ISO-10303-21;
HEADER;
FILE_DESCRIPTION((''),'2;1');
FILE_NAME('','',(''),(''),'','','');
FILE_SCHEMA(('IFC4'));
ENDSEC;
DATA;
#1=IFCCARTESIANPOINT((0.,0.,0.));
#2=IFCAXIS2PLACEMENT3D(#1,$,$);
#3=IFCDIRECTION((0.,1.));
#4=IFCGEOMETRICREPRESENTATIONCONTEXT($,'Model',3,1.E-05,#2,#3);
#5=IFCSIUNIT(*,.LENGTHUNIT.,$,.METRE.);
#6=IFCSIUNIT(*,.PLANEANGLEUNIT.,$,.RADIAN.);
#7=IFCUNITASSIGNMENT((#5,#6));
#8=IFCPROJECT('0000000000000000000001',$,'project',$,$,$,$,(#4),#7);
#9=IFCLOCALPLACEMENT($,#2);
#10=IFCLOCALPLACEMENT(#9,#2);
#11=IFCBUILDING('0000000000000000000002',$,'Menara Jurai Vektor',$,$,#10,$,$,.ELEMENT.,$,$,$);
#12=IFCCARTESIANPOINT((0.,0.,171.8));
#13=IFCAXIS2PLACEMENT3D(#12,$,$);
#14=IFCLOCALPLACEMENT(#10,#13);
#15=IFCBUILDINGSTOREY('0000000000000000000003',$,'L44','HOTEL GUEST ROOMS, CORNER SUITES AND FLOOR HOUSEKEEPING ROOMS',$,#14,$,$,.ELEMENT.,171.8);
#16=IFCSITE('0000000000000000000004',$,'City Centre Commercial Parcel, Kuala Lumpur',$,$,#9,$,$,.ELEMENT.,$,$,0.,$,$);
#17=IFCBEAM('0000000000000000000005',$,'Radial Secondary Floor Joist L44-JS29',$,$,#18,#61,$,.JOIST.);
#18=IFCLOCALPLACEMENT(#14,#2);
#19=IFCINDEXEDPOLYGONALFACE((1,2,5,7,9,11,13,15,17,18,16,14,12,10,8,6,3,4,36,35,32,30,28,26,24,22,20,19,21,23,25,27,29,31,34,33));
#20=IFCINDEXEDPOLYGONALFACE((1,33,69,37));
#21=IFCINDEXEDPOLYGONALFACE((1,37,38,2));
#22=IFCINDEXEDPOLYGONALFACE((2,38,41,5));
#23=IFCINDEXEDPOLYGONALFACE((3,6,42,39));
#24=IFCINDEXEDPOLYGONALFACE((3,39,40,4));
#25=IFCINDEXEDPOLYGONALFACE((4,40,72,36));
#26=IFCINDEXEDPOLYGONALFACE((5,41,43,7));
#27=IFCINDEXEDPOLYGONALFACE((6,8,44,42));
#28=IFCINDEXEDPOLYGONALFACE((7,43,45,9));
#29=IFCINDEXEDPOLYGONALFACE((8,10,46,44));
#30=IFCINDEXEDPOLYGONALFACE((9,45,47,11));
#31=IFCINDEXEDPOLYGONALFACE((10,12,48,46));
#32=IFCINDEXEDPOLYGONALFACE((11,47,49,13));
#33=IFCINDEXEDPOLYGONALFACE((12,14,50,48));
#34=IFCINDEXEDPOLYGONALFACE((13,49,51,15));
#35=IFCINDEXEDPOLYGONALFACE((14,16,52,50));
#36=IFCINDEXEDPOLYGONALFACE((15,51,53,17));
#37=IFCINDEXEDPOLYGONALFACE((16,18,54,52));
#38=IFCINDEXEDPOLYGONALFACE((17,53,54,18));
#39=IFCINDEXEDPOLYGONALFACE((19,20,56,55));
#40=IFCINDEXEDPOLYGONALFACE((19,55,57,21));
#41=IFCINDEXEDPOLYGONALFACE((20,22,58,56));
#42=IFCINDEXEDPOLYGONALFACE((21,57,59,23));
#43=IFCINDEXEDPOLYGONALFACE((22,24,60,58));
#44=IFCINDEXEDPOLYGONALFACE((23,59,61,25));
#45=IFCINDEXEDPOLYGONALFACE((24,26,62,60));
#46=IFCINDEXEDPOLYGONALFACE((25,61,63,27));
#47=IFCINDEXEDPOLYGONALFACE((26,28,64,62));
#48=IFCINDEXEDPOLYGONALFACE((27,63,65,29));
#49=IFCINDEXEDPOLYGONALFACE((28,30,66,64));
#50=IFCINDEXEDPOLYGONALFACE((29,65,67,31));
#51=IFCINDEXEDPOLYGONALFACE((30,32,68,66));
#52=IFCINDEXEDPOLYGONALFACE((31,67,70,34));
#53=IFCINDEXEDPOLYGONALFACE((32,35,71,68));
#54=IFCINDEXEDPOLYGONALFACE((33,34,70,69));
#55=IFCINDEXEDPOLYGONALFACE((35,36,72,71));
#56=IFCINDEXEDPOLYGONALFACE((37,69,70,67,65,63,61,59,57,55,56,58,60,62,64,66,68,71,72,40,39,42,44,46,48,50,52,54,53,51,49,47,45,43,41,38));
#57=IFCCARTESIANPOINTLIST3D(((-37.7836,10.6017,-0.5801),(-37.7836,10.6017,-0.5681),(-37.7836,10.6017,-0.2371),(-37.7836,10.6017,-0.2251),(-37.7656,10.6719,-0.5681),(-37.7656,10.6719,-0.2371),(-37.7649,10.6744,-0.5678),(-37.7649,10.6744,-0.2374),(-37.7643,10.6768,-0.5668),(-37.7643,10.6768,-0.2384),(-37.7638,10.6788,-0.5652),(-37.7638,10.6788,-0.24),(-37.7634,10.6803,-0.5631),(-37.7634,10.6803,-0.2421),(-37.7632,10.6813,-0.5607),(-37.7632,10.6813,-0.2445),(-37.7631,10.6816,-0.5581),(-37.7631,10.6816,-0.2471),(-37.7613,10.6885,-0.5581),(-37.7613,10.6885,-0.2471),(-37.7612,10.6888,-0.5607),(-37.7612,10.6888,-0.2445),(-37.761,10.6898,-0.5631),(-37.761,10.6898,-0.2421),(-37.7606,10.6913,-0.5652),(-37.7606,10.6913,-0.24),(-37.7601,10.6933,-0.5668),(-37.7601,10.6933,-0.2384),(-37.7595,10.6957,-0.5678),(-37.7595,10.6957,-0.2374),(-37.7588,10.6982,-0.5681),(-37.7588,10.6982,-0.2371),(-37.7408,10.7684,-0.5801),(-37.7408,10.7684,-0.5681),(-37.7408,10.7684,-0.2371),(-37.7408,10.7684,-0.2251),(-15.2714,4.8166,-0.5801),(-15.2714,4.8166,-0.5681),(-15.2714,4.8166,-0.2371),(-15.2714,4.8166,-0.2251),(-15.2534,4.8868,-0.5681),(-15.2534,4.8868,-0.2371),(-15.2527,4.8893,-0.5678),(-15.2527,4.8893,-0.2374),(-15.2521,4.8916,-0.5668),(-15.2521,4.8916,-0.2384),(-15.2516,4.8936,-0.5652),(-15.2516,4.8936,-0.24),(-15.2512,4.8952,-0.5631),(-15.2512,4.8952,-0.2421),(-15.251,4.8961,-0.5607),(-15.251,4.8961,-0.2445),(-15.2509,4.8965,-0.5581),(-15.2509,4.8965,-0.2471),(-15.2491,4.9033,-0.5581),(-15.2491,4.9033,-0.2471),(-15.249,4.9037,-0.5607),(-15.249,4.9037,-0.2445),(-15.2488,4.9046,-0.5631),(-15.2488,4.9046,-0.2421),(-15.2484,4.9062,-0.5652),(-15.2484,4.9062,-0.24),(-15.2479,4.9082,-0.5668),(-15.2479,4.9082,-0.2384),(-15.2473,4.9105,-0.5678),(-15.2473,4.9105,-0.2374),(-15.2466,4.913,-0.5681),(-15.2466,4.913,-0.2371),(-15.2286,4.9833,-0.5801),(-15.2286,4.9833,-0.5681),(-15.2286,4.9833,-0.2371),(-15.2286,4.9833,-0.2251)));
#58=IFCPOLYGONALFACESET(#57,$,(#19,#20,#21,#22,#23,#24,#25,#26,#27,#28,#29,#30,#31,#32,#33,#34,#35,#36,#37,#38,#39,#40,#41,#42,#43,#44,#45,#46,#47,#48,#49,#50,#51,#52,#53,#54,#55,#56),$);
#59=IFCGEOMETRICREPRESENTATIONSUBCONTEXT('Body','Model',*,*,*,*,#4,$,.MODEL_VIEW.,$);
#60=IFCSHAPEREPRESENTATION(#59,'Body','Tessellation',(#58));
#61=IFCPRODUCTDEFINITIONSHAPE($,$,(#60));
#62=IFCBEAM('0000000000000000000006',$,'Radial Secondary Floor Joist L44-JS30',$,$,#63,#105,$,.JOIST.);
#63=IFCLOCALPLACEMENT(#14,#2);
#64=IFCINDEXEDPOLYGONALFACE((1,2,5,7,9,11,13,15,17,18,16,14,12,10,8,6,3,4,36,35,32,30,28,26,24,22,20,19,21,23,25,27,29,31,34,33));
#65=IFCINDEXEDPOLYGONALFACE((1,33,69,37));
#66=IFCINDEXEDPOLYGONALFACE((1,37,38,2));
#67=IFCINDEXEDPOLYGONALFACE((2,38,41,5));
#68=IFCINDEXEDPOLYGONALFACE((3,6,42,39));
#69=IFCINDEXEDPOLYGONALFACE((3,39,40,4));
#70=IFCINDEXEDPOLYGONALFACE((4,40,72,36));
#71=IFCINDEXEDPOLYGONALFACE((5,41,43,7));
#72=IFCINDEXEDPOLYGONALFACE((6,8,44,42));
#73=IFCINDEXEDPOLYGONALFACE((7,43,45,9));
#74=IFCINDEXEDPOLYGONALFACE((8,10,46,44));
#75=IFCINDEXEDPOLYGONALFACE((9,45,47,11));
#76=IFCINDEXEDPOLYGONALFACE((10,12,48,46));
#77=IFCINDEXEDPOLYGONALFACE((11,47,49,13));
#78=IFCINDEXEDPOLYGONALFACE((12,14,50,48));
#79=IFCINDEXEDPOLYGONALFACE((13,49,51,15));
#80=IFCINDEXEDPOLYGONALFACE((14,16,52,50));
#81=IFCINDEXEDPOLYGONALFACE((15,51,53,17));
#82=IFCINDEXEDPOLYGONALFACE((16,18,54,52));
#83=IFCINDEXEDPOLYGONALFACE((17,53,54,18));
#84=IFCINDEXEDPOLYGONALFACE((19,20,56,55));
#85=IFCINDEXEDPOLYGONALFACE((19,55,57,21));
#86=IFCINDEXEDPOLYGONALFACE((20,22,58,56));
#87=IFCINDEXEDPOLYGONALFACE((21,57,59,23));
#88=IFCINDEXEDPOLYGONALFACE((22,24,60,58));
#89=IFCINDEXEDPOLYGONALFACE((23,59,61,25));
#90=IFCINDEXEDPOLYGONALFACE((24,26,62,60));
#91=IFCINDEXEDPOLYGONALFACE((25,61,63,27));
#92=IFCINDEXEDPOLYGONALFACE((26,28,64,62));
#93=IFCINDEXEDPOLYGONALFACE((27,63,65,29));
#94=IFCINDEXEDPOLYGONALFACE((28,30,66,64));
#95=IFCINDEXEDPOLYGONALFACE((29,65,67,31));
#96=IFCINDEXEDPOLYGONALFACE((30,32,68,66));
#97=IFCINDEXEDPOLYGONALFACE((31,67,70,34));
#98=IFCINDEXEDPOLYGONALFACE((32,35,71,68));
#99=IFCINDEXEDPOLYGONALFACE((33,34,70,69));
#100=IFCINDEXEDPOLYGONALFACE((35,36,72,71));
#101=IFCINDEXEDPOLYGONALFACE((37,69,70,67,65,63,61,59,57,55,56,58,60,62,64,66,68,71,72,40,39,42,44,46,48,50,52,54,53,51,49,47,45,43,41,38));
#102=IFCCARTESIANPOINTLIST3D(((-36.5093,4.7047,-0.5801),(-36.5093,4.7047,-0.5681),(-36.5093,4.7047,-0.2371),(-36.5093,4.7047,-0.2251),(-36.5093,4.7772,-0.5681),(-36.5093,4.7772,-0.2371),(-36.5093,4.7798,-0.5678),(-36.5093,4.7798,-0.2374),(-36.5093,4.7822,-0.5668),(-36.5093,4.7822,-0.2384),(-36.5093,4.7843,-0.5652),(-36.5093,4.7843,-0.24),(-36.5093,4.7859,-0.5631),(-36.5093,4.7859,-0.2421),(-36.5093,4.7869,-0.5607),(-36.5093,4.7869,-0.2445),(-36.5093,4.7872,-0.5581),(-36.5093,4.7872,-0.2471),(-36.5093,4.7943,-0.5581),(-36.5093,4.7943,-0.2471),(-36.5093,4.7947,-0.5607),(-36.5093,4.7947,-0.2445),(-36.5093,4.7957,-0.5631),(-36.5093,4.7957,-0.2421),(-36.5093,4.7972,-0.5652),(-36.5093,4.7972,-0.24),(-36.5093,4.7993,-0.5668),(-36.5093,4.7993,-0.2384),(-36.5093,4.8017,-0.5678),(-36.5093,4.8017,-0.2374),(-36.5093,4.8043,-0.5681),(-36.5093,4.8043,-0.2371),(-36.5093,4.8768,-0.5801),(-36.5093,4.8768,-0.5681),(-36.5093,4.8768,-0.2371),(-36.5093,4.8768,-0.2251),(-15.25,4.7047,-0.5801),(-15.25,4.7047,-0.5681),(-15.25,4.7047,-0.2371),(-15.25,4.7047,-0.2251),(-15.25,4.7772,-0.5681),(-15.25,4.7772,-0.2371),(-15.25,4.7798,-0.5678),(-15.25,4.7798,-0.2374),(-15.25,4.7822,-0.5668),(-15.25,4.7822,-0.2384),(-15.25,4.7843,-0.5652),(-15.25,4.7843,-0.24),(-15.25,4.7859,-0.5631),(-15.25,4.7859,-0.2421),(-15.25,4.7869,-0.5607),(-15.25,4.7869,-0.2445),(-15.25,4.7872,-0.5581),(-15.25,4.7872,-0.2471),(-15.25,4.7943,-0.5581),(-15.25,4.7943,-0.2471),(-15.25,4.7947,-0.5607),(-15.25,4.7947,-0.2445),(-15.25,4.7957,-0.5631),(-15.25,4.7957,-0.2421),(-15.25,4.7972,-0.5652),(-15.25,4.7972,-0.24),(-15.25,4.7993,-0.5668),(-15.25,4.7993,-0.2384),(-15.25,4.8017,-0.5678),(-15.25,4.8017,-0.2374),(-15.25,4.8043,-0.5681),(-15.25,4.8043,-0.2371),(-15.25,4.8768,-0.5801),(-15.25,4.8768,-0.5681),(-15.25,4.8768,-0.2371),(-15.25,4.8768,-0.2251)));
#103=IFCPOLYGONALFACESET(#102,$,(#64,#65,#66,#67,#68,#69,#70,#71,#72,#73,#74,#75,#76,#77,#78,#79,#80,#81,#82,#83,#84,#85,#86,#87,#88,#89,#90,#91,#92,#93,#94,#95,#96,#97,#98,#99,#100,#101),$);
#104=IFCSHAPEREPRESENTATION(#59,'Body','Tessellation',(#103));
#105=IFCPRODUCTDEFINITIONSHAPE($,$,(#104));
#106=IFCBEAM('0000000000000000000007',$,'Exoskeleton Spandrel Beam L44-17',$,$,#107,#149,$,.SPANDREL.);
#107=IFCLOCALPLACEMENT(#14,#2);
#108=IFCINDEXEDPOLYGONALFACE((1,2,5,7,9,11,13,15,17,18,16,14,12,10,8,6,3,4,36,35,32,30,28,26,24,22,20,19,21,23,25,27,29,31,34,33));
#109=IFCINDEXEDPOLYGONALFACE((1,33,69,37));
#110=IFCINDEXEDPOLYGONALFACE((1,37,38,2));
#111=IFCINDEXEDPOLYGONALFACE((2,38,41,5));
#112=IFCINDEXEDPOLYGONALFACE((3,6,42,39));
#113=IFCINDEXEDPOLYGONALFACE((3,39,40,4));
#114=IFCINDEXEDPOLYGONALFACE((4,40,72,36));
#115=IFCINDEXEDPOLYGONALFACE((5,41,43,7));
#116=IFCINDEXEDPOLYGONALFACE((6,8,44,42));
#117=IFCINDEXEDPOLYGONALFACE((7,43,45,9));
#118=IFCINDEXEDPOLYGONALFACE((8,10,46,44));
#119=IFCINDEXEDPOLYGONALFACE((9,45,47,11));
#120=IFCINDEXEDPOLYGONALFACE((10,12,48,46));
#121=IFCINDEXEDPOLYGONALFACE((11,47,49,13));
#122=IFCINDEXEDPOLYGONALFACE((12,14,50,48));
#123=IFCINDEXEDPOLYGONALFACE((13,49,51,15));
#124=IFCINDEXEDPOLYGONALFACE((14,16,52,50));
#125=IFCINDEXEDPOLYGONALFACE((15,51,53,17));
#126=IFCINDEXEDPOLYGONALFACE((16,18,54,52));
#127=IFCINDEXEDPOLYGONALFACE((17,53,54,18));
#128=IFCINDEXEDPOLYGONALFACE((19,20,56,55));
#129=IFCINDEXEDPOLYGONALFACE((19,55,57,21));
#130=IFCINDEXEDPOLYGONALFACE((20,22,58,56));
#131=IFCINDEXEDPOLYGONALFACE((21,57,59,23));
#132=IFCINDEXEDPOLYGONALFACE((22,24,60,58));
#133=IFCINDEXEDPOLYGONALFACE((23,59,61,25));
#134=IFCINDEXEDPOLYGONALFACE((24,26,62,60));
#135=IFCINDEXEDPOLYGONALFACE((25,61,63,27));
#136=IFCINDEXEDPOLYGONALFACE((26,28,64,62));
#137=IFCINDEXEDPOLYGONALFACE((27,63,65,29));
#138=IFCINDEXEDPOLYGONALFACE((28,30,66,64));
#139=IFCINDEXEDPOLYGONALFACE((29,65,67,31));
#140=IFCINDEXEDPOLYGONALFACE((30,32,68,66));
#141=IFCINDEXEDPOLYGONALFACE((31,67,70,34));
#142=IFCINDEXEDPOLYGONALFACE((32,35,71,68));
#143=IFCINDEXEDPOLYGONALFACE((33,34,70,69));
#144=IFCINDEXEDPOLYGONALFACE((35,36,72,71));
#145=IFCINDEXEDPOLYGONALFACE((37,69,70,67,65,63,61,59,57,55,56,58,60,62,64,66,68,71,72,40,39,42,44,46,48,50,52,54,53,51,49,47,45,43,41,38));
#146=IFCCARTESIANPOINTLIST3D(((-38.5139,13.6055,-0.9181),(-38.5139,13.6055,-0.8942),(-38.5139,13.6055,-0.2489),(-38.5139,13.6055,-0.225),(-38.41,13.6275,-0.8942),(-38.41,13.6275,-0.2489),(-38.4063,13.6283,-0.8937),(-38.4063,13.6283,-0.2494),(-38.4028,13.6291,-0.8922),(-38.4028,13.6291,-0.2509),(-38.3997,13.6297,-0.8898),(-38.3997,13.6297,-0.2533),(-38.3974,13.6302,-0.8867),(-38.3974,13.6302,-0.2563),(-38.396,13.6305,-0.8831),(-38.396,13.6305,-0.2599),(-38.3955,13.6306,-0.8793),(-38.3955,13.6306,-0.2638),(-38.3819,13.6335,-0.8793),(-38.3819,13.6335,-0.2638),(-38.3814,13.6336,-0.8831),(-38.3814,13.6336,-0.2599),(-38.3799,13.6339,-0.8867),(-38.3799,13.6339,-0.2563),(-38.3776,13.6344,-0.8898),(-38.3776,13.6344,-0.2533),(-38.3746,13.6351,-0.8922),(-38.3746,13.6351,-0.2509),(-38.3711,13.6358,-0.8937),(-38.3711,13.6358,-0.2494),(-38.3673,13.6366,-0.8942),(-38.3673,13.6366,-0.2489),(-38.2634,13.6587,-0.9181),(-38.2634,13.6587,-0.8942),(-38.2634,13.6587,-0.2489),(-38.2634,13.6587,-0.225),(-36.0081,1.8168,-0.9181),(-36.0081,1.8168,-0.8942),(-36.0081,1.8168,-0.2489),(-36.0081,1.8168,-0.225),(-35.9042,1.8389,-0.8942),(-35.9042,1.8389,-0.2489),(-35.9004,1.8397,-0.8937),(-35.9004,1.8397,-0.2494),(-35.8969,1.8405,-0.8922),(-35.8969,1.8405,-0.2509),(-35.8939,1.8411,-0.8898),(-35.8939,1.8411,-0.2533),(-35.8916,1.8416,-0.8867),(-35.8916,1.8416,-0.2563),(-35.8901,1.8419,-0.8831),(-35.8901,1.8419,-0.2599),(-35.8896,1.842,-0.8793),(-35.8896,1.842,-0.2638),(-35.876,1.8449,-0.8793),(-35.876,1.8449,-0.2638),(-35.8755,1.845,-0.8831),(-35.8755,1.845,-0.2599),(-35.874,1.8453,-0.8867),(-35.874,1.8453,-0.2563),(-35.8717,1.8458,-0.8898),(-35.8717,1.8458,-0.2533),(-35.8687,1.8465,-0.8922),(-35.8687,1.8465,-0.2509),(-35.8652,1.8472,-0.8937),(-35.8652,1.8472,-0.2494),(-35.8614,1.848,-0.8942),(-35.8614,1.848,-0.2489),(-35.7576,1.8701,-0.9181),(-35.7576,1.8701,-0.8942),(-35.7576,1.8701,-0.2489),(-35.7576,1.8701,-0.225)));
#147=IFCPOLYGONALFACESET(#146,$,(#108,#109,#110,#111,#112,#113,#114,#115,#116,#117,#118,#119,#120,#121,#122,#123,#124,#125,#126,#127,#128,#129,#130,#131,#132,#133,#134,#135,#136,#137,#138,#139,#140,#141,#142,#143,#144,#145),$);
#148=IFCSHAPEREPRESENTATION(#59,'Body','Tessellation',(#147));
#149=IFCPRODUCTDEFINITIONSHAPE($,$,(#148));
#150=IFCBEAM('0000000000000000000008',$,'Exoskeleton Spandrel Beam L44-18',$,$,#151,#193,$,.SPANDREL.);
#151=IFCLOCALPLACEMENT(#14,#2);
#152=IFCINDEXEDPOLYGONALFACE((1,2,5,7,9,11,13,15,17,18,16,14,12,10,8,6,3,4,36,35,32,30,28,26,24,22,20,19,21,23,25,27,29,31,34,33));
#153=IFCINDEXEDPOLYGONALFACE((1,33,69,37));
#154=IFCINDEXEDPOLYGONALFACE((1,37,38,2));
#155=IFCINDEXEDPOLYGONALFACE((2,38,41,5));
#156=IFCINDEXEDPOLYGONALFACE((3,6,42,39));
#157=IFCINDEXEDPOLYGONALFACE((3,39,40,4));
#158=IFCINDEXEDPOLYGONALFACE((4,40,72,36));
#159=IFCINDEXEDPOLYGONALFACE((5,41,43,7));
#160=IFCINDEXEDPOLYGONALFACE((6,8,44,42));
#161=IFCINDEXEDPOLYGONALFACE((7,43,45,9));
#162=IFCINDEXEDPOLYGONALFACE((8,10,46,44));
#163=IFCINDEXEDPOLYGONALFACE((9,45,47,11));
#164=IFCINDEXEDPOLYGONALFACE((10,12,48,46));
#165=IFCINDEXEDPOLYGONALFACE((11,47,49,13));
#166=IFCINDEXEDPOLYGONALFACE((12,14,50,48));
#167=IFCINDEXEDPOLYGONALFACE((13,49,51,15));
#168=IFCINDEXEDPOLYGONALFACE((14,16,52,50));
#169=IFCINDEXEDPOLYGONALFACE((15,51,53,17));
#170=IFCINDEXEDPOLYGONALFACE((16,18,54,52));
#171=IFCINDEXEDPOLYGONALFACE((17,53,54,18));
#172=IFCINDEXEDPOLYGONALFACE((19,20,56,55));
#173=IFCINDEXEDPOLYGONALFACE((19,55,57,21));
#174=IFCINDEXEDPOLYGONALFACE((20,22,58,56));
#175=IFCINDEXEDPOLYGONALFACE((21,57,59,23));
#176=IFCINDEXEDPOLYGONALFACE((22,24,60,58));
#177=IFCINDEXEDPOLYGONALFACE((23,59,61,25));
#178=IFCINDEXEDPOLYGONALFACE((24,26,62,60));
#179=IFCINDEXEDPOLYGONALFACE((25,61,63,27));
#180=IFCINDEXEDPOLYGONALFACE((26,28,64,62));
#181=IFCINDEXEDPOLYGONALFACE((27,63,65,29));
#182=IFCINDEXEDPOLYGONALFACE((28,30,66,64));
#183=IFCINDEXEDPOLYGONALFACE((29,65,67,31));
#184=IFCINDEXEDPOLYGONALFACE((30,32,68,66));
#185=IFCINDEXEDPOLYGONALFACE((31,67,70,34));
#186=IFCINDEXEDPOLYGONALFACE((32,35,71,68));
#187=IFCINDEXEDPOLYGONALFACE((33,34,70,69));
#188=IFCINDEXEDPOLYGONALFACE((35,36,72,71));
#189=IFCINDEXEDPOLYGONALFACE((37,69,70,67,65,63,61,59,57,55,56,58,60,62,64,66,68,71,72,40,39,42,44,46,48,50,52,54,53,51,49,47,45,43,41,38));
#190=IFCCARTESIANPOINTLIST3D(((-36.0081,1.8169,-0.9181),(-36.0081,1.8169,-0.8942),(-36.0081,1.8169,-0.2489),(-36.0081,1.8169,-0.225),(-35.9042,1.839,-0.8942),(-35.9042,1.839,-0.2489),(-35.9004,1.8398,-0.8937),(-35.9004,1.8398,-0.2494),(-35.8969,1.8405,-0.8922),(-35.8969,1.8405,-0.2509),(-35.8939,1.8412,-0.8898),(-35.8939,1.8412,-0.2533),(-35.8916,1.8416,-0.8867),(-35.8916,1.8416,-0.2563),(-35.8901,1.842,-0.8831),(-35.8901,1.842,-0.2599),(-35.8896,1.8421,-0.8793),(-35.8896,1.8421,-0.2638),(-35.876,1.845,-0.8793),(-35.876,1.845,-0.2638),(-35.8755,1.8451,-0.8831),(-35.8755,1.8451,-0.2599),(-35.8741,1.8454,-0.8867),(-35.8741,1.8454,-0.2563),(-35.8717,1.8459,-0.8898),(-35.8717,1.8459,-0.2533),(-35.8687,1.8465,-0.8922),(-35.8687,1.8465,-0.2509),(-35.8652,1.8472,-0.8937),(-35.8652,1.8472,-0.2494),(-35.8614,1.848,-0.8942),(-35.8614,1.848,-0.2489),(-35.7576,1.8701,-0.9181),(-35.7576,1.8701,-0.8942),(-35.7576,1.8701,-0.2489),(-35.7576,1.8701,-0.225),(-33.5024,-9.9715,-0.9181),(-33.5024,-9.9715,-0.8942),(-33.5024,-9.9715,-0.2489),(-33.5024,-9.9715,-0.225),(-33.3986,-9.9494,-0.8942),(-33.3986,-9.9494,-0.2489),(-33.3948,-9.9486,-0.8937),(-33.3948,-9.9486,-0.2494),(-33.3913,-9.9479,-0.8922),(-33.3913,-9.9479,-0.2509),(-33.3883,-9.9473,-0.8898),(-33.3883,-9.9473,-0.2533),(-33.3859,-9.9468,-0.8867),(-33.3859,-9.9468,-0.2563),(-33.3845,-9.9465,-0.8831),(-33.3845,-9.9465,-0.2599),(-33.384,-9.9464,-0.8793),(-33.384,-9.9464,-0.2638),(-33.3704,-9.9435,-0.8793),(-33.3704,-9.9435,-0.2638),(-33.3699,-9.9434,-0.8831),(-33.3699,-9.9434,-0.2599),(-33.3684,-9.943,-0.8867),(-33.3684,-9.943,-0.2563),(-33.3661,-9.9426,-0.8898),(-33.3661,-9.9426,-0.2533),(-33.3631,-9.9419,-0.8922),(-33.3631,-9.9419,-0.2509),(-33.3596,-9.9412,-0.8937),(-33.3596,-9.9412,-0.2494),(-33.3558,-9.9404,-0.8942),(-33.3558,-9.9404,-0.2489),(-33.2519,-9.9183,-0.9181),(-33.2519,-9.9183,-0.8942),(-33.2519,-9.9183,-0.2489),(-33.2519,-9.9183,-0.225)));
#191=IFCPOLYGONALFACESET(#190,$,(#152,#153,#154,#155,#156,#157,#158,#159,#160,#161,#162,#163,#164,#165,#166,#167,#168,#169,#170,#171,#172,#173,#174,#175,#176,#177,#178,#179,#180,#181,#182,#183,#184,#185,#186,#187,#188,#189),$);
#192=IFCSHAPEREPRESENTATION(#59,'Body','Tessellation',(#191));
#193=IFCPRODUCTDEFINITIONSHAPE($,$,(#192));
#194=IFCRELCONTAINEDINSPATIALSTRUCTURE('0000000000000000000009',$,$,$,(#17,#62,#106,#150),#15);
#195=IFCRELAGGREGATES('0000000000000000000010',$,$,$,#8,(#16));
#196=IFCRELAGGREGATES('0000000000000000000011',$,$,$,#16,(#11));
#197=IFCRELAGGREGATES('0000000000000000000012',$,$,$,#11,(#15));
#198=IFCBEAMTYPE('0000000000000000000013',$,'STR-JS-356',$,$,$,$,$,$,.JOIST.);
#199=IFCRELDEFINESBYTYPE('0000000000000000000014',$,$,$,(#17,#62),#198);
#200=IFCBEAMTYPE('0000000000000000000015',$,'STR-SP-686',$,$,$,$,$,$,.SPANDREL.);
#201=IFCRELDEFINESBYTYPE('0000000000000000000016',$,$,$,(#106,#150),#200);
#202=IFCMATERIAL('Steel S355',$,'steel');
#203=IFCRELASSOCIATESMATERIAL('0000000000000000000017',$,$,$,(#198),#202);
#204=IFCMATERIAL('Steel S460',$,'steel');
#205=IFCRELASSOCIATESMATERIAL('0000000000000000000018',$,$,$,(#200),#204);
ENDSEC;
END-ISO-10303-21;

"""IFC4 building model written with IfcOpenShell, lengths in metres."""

from ifc_helpers import new_model, si_unit, direction, frame, origin, origin_2d, place, context, subcontext, project, spatial, i_section, extrude, material, material_profile, profile_set, type_object, element, save


model = new_model("IFC4")

# Units and contexts
model_context = context("Model", 3, precision=1e-05, world=origin(), true_north=direction((0.0, 1.0)))
body_context = subcontext(model_context, "Body", "Model", "MODEL_VIEW")
ifc_project = project(units=[si_unit("LENGTHUNIT", "METRE"), si_unit("PLANEANGLEUNIT", "RADIAN")], contexts=[model_context])

# Site, building, storey
site_placement = place(None, origin())
site = spatial("IfcSite", under=ifc_project, at=site_placement, Name="City Centre Commercial Parcel, Kuala Lumpur", CompositionType="ELEMENT", RefElevation=0.0)
building_placement = place(site_placement, origin())
building = spatial("IfcBuilding", under=site, at=building_placement, Name="Menara Jurai Vektor", CompositionType="ELEMENT")
storey_placement = place(building_placement, frame((0.0, 0.0, 171.8)))
storey = spatial("IfcBuildingStorey", under=building, at=storey_placement, Name="L44", Description="HOTEL GUEST ROOMS, CORNER SUITES AND FLOOR HOUSEKEEPING ROOMS", CompositionType="ELEMENT", Elevation=171.8)

# Shared definitions
ifc_material_1 = material(Name="Steel S460", Category="steel")

# Shared definitions
ifc_material_2 = material(Name="Steel S355", Category="steel")

# Beams
ifc_material_profile_1 = material_profile(ifc_material_2, i_section(OverallWidth=0.1721, OverallDepth=0.355, WebThickness=0.0071, FlangeThickness=0.012, FilletRadius=0.01, at=origin_2d()), Name="UKB 356x171x51")
ifc_profile_set_1 = profile_set([ifc_material_profile_1], Name="Steel S355")
beam_type_1 = type_object("IfcBeamType", Name="STR-JS-356", PredefinedType="JOIST", material=ifc_profile_set_1)
beam_1_placement = place(storey_placement, frame((-37.7622, 10.6851, -0.4026), z_axis=(0.968531, -0.248892, 0.0), x_axis=(0.248892, 0.968531, 0.0)))
element("IfcBeam", 1, at=beam_1_placement, inside=storey, type_object=beam_type_1, Name="Radial Secondary Floor Joist L44-JS29", PredefinedType="JOIST", context=body_context, shape_type="SweptSolid", body=[
    extrude(i_section(OverallWidth=0.1721, OverallDepth=0.355, WebThickness=0.0071, FlangeThickness=0.012, FilletRadius=0.01, at=origin_2d()), origin(), (0.0, 0.0, 1.0), 23.2437),
])
beam_2_placement = place(storey_placement, frame((-36.5093, 4.7908, -0.4026), z_axis=(1.0, 0.0, 0.0), x_axis=(0.0, 1.0, 0.0)))
element("IfcBeam", 2, at=beam_2_placement, inside=storey, type_object=beam_type_1, Name="Radial Secondary Floor Joist L44-JS30", PredefinedType="JOIST", context=body_context, shape_type="SweptSolid", body=[
    extrude(i_section(OverallWidth=0.1721, OverallDepth=0.355, WebThickness=0.0071, FlangeThickness=0.012, FilletRadius=0.01, at=origin_2d()), origin(), (0.0, 0.0, 1.0), 21.2593),
])
ifc_material_profile_2 = material_profile(ifc_material_1, i_section(OverallWidth=0.2561, OverallDepth=0.6931, WebThickness=0.0139, FlangeThickness=0.0239, FilletRadius=0.0149, at=origin_2d()), Name="UKB 686x254x170")
ifc_profile_set_2 = profile_set([ifc_material_profile_2], Name="Steel S460")
beam_type_2 = type_object("IfcBeamType", Name="STR-SP-686", PredefinedType="SPANDREL", material=ifc_profile_set_2)
beam_3_placement = place(storey_placement, frame((-38.3887, 13.6321, -0.5715), z_axis=(0.207921, -0.978146, 0.0), x_axis=(0.978146, 0.207921, 0.0)))
element("IfcBeam", 3, at=beam_3_placement, inside=storey, type_object=beam_type_2, Name="Exoskeleton Spandrel Beam L44-17", PredefinedType="SPANDREL", context=body_context, shape_type="SweptSolid", body=[
    extrude(i_section(OverallWidth=0.2561, OverallDepth=0.6931, WebThickness=0.0139, FlangeThickness=0.0239, FilletRadius=0.0149, at=origin_2d()), origin(), (0.0, 0.0, 1.0), 12.052),
])
beam_4_placement = place(storey_placement, frame((-35.8828, 1.8435, -0.5715), z_axis=(0.207906, -0.978149, 0.0), x_axis=(0.978149, 0.207906, 0.0)))
element("IfcBeam", 4, at=beam_4_placement, inside=storey, type_object=beam_type_2, Name="Exoskeleton Spandrel Beam L44-18", PredefinedType="SPANDREL", context=body_context, shape_type="SweptSolid", body=[
    extrude(i_section(OverallWidth=0.2561, OverallDepth=0.6931, WebThickness=0.0139, FlangeThickness=0.0239, FilletRadius=0.0149, at=origin_2d()), origin(), (0.0, 0.0, 1.0), 12.0518),
])

save(model, "model.ifc")
